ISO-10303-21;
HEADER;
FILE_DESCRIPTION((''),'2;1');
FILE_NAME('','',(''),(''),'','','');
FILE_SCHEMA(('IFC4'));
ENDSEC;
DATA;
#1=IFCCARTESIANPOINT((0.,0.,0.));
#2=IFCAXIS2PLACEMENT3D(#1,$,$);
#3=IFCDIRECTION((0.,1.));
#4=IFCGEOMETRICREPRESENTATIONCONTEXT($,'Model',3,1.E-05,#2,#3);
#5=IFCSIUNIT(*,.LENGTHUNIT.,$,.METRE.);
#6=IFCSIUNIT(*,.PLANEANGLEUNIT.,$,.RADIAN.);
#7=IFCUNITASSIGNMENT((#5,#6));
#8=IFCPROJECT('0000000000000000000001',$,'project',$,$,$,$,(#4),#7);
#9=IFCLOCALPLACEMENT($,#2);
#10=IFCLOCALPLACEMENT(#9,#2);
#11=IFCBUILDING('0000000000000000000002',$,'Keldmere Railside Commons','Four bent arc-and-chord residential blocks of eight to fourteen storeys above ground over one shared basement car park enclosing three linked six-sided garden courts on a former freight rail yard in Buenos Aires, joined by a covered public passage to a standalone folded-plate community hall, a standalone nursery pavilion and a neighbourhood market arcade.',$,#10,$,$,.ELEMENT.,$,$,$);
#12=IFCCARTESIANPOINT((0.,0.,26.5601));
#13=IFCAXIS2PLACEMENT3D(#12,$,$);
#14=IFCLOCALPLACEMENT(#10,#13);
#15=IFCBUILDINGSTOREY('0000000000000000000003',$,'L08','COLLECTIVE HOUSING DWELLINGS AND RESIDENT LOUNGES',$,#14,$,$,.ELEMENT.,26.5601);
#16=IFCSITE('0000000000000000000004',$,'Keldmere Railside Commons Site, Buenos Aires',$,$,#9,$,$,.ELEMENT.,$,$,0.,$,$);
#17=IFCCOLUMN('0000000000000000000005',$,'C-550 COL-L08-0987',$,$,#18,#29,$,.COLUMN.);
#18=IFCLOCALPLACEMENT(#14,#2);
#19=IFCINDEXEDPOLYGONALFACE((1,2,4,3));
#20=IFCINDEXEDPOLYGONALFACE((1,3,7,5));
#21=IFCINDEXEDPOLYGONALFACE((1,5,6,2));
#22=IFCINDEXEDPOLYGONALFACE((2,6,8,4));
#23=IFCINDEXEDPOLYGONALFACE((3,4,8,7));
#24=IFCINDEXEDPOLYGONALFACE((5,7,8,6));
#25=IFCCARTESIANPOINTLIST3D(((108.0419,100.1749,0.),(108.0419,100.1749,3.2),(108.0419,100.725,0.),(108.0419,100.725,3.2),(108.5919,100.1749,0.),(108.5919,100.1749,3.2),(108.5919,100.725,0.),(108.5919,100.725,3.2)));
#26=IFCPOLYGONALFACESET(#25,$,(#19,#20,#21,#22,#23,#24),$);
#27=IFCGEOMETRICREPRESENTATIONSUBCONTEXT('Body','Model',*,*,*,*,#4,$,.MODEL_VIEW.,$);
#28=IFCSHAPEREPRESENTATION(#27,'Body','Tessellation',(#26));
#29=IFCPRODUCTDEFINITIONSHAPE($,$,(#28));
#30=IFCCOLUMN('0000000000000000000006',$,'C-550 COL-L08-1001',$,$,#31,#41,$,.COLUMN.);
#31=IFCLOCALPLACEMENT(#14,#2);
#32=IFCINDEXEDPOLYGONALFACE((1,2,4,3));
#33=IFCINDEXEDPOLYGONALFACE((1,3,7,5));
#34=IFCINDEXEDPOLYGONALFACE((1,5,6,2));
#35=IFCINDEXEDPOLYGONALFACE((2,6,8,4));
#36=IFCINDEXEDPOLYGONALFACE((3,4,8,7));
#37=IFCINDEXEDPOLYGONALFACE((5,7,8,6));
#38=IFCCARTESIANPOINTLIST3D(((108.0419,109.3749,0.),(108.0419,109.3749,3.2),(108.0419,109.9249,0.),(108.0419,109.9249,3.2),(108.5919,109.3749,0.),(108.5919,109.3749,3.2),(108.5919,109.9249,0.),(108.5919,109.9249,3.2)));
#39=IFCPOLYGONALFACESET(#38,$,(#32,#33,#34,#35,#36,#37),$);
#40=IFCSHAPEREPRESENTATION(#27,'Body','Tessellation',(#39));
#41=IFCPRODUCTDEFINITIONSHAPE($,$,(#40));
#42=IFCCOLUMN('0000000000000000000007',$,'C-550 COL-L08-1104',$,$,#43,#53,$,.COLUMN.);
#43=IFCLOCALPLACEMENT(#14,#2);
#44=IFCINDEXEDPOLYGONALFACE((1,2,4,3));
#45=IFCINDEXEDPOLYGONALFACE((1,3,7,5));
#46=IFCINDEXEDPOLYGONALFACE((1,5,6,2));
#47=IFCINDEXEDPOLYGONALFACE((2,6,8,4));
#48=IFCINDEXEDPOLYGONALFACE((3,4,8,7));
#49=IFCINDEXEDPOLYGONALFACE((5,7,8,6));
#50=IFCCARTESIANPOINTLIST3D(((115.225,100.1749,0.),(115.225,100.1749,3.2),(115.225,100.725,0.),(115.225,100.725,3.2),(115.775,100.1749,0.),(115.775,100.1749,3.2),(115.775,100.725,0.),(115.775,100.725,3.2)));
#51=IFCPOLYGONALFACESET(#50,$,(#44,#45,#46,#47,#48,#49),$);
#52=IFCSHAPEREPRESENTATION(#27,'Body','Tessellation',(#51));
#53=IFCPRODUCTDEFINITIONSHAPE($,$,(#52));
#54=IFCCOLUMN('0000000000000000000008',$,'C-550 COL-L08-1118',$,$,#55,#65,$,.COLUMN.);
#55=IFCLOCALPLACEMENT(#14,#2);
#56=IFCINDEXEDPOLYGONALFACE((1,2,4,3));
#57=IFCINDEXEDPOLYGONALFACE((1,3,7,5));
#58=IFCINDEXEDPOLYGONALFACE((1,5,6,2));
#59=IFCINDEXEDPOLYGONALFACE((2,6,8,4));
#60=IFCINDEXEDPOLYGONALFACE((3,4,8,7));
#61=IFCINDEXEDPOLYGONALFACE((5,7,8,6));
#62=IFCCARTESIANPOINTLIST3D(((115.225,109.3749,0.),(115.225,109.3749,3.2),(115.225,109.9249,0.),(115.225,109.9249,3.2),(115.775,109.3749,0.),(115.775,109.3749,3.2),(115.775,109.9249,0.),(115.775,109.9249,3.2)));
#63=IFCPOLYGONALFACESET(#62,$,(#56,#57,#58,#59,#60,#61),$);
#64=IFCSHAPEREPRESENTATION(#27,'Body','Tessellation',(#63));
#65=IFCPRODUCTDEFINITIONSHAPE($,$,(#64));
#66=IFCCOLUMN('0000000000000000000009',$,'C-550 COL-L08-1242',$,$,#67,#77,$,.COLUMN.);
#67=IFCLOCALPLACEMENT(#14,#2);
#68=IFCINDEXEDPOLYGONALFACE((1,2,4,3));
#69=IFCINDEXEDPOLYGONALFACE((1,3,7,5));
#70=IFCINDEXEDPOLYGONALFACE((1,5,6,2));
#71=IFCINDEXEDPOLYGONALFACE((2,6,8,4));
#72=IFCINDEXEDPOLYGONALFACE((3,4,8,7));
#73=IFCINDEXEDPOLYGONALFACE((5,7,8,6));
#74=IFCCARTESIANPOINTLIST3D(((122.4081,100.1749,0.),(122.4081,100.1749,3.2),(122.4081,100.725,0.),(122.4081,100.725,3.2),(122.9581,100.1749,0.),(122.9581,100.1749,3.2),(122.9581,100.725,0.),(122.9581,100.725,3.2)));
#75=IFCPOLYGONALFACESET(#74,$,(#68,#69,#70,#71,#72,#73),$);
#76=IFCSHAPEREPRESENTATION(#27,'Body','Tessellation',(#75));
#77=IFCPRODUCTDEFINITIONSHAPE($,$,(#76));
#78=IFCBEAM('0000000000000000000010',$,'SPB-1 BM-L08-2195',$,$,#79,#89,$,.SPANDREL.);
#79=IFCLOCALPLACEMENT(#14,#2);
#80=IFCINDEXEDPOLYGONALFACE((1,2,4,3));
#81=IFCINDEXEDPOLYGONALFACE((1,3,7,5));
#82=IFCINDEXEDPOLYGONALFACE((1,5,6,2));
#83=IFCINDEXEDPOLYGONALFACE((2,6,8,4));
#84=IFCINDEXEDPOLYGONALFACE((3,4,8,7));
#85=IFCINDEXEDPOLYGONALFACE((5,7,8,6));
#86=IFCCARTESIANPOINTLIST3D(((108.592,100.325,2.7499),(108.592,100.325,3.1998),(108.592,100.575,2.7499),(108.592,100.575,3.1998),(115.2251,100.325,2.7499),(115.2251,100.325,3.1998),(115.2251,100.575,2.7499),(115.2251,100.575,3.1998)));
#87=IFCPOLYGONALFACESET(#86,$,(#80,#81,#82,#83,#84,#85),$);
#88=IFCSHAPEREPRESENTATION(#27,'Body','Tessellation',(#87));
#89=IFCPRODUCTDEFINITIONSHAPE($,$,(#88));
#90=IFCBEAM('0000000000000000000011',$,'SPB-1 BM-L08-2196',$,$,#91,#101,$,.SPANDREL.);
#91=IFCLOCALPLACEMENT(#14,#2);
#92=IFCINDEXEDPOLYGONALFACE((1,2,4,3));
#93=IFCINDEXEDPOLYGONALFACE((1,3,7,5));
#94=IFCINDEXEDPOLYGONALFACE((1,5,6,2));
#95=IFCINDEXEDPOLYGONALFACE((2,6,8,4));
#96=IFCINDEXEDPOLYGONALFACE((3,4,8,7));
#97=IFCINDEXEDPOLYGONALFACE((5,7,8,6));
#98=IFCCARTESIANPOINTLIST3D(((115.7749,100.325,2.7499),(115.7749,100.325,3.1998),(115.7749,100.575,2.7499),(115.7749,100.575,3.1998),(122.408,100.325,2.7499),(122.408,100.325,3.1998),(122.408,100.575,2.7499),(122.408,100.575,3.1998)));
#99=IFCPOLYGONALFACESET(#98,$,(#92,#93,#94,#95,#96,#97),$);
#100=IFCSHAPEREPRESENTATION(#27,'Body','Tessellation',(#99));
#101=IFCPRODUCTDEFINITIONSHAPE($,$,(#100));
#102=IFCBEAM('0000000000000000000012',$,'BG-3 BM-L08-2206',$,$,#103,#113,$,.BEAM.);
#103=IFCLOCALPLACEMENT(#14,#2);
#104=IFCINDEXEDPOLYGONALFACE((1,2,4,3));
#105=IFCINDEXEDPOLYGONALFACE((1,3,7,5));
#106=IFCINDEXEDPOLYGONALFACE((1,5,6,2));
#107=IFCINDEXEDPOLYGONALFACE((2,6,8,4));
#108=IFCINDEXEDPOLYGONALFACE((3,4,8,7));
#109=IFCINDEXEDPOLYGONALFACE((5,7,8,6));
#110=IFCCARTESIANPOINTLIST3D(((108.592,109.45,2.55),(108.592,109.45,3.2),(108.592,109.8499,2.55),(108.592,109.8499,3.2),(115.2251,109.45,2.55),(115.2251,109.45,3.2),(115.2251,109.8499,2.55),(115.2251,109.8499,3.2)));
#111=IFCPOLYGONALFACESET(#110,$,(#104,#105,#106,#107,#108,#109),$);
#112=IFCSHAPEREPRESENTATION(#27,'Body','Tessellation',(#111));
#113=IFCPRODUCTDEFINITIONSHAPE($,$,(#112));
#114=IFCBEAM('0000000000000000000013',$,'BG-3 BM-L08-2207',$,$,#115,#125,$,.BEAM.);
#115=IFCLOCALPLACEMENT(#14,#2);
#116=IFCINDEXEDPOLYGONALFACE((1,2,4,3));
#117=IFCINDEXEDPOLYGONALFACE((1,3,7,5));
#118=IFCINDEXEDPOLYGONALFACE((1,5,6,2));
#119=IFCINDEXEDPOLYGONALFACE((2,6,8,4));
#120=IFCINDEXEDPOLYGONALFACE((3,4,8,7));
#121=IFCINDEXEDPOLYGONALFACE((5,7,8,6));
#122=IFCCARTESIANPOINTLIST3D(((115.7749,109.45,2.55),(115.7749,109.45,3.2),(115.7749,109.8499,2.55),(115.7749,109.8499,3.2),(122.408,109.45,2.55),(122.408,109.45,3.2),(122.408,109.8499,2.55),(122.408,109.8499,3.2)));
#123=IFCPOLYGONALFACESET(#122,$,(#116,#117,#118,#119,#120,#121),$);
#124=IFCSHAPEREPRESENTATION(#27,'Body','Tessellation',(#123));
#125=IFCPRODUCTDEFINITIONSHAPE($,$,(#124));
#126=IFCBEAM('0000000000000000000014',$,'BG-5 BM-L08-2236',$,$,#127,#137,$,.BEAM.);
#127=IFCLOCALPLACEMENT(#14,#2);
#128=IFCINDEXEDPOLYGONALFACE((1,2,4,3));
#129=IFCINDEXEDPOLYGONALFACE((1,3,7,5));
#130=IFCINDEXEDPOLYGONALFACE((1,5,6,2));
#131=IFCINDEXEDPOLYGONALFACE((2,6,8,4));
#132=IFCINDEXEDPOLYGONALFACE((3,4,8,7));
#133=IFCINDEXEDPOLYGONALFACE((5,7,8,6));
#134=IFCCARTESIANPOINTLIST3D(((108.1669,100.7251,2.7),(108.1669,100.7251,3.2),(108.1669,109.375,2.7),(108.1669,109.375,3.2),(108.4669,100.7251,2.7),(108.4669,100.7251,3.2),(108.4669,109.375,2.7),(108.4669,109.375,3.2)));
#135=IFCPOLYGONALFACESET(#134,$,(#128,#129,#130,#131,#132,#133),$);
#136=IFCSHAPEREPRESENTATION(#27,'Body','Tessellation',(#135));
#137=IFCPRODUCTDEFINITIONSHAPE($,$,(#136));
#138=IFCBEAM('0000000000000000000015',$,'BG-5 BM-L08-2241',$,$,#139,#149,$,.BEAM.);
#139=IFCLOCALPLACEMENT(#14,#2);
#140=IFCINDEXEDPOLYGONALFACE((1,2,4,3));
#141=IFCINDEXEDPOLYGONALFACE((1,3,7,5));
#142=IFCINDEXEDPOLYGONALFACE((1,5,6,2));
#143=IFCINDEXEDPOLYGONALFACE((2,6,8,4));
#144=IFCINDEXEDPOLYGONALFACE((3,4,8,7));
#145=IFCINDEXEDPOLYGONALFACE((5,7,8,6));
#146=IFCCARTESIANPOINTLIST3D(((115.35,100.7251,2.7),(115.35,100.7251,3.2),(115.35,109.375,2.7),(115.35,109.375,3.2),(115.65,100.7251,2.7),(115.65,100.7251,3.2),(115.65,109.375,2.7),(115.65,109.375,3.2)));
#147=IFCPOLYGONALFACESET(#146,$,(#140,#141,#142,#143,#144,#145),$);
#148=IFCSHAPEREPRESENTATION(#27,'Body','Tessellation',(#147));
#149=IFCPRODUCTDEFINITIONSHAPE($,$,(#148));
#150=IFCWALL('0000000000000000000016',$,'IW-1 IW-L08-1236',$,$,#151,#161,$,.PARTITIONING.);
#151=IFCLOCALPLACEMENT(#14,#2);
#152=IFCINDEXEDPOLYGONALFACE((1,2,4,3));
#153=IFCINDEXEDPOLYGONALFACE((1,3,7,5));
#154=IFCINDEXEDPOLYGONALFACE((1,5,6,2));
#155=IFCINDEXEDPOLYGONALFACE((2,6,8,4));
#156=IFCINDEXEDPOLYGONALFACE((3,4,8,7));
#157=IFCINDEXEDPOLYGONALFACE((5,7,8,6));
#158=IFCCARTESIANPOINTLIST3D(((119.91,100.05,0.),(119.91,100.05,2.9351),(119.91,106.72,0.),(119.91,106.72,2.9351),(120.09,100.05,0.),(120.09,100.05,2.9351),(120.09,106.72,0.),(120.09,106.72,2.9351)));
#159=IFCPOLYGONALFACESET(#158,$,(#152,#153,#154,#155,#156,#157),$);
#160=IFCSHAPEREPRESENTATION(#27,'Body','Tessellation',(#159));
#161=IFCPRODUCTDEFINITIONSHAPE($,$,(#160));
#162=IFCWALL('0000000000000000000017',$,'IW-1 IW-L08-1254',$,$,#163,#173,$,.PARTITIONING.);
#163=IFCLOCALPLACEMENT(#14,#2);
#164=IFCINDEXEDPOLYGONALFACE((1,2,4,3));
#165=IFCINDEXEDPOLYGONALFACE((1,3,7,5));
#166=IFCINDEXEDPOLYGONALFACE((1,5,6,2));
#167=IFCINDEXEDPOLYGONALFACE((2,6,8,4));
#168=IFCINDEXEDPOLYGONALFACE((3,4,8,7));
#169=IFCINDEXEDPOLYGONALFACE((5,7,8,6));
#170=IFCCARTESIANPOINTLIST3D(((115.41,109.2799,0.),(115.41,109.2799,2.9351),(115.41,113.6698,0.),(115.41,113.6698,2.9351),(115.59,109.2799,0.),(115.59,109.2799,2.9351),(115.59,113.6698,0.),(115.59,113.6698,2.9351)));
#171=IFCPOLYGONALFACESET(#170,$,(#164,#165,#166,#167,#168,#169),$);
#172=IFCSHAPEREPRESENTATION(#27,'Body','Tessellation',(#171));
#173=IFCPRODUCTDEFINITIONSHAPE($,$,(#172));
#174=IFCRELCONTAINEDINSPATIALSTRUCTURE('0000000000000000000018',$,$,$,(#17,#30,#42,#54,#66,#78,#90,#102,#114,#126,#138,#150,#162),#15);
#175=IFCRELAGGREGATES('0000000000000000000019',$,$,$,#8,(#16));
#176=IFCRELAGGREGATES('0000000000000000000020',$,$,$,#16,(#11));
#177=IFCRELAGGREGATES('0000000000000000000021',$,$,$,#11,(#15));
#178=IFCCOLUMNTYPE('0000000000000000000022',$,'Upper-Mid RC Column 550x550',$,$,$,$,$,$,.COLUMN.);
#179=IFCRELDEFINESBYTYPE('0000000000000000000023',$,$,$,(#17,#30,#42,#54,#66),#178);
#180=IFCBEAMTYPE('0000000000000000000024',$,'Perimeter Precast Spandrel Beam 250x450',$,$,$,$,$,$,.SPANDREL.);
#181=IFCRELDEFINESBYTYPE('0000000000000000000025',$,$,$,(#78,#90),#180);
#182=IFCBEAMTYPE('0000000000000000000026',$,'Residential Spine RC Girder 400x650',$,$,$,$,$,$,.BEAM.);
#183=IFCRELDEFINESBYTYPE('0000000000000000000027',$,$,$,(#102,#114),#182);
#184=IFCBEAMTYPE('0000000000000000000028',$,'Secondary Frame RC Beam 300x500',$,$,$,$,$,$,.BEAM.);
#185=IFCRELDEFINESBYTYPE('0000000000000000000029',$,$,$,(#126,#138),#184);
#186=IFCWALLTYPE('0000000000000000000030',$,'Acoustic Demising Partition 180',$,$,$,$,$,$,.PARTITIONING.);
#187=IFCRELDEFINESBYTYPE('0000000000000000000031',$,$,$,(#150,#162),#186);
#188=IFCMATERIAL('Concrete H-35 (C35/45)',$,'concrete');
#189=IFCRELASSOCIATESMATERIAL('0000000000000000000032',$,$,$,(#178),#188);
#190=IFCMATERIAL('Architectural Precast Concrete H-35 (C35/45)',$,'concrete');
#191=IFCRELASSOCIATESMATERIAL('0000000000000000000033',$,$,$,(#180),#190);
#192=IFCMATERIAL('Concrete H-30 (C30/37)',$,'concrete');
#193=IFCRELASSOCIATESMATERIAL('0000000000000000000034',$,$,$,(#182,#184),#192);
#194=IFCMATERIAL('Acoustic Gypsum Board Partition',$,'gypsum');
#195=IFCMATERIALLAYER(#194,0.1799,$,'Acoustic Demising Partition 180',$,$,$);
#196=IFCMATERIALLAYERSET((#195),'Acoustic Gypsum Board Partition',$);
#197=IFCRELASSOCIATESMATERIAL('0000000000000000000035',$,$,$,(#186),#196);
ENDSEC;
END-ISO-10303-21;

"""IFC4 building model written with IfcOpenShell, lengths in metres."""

from ifc_helpers import new_model, si_unit, direction, frame, frame_2d, origin, origin_2d, place, context, subcontext, project, spatial, rectangle, extrude, material, layer, layer_set, material_profile, profile_set, type_object, element, save


model = new_model("IFC4")

# Units and contexts
model_context = context("Model", 3, precision=1e-05, world=origin(), true_north=direction((0.0, 1.0)))
body_context = subcontext(model_context, "Body", "Model", "MODEL_VIEW")
ifc_project = project(units=[si_unit("LENGTHUNIT", "METRE"), si_unit("PLANEANGLEUNIT", "RADIAN")], contexts=[model_context])

# Site, building, storey
site_placement = place(None, origin())
site = spatial("IfcSite", under=ifc_project, at=site_placement, Name="Keldmere Railside Commons Site, Buenos Aires", CompositionType="ELEMENT", RefElevation=0.0)
building_placement = place(site_placement, origin())
building = spatial("IfcBuilding", under=site, at=building_placement, Name="Keldmere Railside Commons", Description="Four bent arc-and-chord residential blocks of eight to fourteen storeys above ground over one shared basement car park enclosing three linked six-sided garden courts on a former freight rail yard in Buenos Aires, joined by a covered public passage to a standalone folded-plate community hall, a standalone nursery pavilion and a neighbourhood market arcade.", CompositionType="ELEMENT")
storey_placement = place(building_placement, frame((0.0, 0.0, 26.5601)))
storey = spatial("IfcBuildingStorey", under=building, at=storey_placement, Name="L08", Description="COLLECTIVE HOUSING DWELLINGS AND RESIDENT LOUNGES", CompositionType="ELEMENT", Elevation=26.5601)

# Columns
ifc_material_1 = material(Name="Concrete H-35 (C35/45)", Category="concrete")
ifc_material_profile_1 = material_profile(ifc_material_1, rectangle(XDim=0.55, YDim=0.55, at=origin_2d()), Name="RC-550x550")
ifc_profile_set_1 = profile_set([ifc_material_profile_1], Name="Concrete H-35 (C35/45)")
column_type = type_object("IfcColumnType", Name="Upper-Mid RC Column 550x550", PredefinedType="COLUMN", material=ifc_profile_set_1)
for number, where, z_axis, x_axis, name in (
    (1, (108.3169, 100.45, 0.0), (0.0, 0.0, 1.0), (1.0, 0.0, 0.0), "C-550 COL-L08-0987"),
    (2, (108.3169, 109.6499, 0.0), (0.0, 0.0, 1.0), (1.0, 0.0, 0.0), "C-550 COL-L08-1001"),
    (3, (115.5, 100.45, 0.0), (0.0, 0.0, 1.0), (1.0, 0.0, 0.0), "C-550 COL-L08-1104"),
    (4, (115.5, 109.6499, 0.0), (0.0, 0.0, 1.0), (1.0, 0.0, 0.0), "C-550 COL-L08-1118"),
    (5, (122.6831, 100.45, 0.0), (0.0, 0.0, 1.0), (1.0, 0.0, 0.0), "C-550 COL-L08-1242"),
):
    element("IfcColumn", number, at=place(storey_placement, frame(where, z_axis=z_axis, x_axis=x_axis)), inside=storey, type_object=column_type, Name=name, PredefinedType="COLUMN", context=body_context, shape_type="SweptSolid", body=[
        extrude(rectangle(XDim=0.55, YDim=0.55, at=origin_2d()), origin(), (0.0, 0.0, 1.0), 3.2),
    ])

# Beams
ifc_material_2 = material(Name="Architectural Precast Concrete H-35 (C35/45)", Category="concrete")
ifc_material_profile_2 = material_profile(ifc_material_2, rectangle(XDim=0.25, YDim=0.45, at=origin_2d()), Name="RC-250x450")
ifc_profile_set_2 = profile_set([ifc_material_profile_2], Name="Architectural Precast Concrete H-35 (C35/45)")
beam_type_1 = type_object("IfcBeamType", Name="Perimeter Precast Spandrel Beam 250x450", PredefinedType="SPANDREL", material=ifc_profile_set_2)
for number, where, z_axis, x_axis, name in (
    (6, (108.592, 100.45, 2.9749), (1.0, 0.0, 0.0), (0.0, 1.0, 0.0), "SPB-1 BM-L08-2195"),
    (7, (115.7749, 100.45, 2.9749), (1.0, 0.0, 0.0), (0.0, 1.0, 0.0), "SPB-1 BM-L08-2196"),
):
    element("IfcBeam", number, at=place(storey_placement, frame(where, z_axis=z_axis, x_axis=x_axis)), inside=storey, type_object=beam_type_1, Name=name, PredefinedType="SPANDREL", context=body_context, shape_type="SweptSolid", body=[
        extrude(rectangle(XDim=0.25, YDim=0.45, at=origin_2d()), origin(), (0.0, 0.0, 1.0), 6.6331),
    ])
ifc_material_3 = material(Name="Concrete H-30 (C30/37)", Category="concrete")
ifc_material_profile_3 = material_profile(ifc_material_3, rectangle(XDim=0.3999, YDim=0.6499, at=origin_2d()), Name="RC-400x650")
ifc_profile_set_3 = profile_set([ifc_material_profile_3], Name="Concrete H-30 (C30/37)")
beam_type_2 = type_object("IfcBeamType", Name="Residential Spine RC Girder 400x650", PredefinedType="BEAM", material=ifc_profile_set_3)
for number, where, z_axis, x_axis, name in (
    (8, (108.592, 109.6499, 2.875), (1.0, 0.0, 0.0), (0.0, 1.0, 0.0), "BG-3 BM-L08-2206"),
    (9, (115.7749, 109.6499, 2.875), (1.0, 0.0, 0.0), (0.0, 1.0, 0.0), "BG-3 BM-L08-2207"),
):
    element("IfcBeam", number, at=place(storey_placement, frame(where, z_axis=z_axis, x_axis=x_axis)), inside=storey, type_object=beam_type_2, Name=name, PredefinedType="BEAM", context=body_context, shape_type="SweptSolid", body=[
        extrude(rectangle(XDim=0.3999, YDim=0.6499, at=origin_2d()), origin(), (0.0, 0.0, 1.0), 6.6331),
    ])
ifc_material_profile_4 = material_profile(ifc_material_3, rectangle(XDim=0.3, YDim=0.5, at=origin_2d()), Name="RC-300x500")
ifc_profile_set_4 = profile_set([ifc_material_profile_4], Name="Concrete H-30 (C30/37)")
beam_type_3 = type_object("IfcBeamType", Name="Secondary Frame RC Beam 300x500", PredefinedType="BEAM", material=ifc_profile_set_4)
for number, where, z_axis, x_axis, name in (
    (10, (108.3169, 100.7251, 2.95), (0.0, 1.0, 0.0), (-1.0, 0.0, 0.0), "BG-5 BM-L08-2236"),
    (11, (115.5, 100.7251, 2.95), (0.0, 1.0, 0.0), (-1.0, 0.0, 0.0), "BG-5 BM-L08-2241"),
):
    element("IfcBeam", number, at=place(storey_placement, frame(where, z_axis=z_axis, x_axis=x_axis)), inside=storey, type_object=beam_type_3, Name=name, PredefinedType="BEAM", context=body_context, shape_type="SweptSolid", body=[
        extrude(rectangle(XDim=0.3, YDim=0.5, at=origin_2d()), origin(), (0.0, 0.0, 1.0), 8.6499),
    ])

# Walls
ifc_material_4 = material(Name="Acoustic Gypsum Board Partition", Category="gypsum")
ifc_layer_1 = layer(ifc_material_4, 0.1799, Name="Acoustic Demising Partition 180")
ifc_layer_set_1 = layer_set([ifc_layer_1], Name="Acoustic Gypsum Board Partition")
wall_type_1 = type_object("IfcWallType", Name="Acoustic Demising Partition 180", PredefinedType="PARTITIONING", material=ifc_layer_set_1)
wall_1_placement = place(storey_placement, frame((120.0, 100.05, 0.0), z_axis=(0.0, 0.0, 1.0), x_axis=(0.0, 1.0, 0.0)))
element("IfcWall", 12, at=wall_1_placement, inside=storey, type_object=wall_type_1, Name="IW-1 IW-L08-1236", PredefinedType="PARTITIONING", context=body_context, shape_type="SweptSolid", body=[
    extrude(rectangle(XDim=6.6699, YDim=0.1799, at=frame_2d((3.335, 0.0))), origin(), (0.0, 0.0, 1.0), 2.9351),
])
wall_2_placement = place(storey_placement, frame((115.5, 109.28, 0.0), z_axis=(0.0, 0.0, 1.0), x_axis=(0.0, 1.0, 0.0)))
element("IfcWall", 13, at=wall_2_placement, inside=storey, type_object=wall_type_1, Name="IW-1 IW-L08-1254", PredefinedType="PARTITIONING", context=body_context, shape_type="SweptSolid", body=[
    extrude(rectangle(XDim=4.3899, YDim=0.1799, at=frame_2d((2.1948, 0.0))), origin(), (0.0, 0.0, 1.0), 2.9351),
])

save(model, "model.ifc")
